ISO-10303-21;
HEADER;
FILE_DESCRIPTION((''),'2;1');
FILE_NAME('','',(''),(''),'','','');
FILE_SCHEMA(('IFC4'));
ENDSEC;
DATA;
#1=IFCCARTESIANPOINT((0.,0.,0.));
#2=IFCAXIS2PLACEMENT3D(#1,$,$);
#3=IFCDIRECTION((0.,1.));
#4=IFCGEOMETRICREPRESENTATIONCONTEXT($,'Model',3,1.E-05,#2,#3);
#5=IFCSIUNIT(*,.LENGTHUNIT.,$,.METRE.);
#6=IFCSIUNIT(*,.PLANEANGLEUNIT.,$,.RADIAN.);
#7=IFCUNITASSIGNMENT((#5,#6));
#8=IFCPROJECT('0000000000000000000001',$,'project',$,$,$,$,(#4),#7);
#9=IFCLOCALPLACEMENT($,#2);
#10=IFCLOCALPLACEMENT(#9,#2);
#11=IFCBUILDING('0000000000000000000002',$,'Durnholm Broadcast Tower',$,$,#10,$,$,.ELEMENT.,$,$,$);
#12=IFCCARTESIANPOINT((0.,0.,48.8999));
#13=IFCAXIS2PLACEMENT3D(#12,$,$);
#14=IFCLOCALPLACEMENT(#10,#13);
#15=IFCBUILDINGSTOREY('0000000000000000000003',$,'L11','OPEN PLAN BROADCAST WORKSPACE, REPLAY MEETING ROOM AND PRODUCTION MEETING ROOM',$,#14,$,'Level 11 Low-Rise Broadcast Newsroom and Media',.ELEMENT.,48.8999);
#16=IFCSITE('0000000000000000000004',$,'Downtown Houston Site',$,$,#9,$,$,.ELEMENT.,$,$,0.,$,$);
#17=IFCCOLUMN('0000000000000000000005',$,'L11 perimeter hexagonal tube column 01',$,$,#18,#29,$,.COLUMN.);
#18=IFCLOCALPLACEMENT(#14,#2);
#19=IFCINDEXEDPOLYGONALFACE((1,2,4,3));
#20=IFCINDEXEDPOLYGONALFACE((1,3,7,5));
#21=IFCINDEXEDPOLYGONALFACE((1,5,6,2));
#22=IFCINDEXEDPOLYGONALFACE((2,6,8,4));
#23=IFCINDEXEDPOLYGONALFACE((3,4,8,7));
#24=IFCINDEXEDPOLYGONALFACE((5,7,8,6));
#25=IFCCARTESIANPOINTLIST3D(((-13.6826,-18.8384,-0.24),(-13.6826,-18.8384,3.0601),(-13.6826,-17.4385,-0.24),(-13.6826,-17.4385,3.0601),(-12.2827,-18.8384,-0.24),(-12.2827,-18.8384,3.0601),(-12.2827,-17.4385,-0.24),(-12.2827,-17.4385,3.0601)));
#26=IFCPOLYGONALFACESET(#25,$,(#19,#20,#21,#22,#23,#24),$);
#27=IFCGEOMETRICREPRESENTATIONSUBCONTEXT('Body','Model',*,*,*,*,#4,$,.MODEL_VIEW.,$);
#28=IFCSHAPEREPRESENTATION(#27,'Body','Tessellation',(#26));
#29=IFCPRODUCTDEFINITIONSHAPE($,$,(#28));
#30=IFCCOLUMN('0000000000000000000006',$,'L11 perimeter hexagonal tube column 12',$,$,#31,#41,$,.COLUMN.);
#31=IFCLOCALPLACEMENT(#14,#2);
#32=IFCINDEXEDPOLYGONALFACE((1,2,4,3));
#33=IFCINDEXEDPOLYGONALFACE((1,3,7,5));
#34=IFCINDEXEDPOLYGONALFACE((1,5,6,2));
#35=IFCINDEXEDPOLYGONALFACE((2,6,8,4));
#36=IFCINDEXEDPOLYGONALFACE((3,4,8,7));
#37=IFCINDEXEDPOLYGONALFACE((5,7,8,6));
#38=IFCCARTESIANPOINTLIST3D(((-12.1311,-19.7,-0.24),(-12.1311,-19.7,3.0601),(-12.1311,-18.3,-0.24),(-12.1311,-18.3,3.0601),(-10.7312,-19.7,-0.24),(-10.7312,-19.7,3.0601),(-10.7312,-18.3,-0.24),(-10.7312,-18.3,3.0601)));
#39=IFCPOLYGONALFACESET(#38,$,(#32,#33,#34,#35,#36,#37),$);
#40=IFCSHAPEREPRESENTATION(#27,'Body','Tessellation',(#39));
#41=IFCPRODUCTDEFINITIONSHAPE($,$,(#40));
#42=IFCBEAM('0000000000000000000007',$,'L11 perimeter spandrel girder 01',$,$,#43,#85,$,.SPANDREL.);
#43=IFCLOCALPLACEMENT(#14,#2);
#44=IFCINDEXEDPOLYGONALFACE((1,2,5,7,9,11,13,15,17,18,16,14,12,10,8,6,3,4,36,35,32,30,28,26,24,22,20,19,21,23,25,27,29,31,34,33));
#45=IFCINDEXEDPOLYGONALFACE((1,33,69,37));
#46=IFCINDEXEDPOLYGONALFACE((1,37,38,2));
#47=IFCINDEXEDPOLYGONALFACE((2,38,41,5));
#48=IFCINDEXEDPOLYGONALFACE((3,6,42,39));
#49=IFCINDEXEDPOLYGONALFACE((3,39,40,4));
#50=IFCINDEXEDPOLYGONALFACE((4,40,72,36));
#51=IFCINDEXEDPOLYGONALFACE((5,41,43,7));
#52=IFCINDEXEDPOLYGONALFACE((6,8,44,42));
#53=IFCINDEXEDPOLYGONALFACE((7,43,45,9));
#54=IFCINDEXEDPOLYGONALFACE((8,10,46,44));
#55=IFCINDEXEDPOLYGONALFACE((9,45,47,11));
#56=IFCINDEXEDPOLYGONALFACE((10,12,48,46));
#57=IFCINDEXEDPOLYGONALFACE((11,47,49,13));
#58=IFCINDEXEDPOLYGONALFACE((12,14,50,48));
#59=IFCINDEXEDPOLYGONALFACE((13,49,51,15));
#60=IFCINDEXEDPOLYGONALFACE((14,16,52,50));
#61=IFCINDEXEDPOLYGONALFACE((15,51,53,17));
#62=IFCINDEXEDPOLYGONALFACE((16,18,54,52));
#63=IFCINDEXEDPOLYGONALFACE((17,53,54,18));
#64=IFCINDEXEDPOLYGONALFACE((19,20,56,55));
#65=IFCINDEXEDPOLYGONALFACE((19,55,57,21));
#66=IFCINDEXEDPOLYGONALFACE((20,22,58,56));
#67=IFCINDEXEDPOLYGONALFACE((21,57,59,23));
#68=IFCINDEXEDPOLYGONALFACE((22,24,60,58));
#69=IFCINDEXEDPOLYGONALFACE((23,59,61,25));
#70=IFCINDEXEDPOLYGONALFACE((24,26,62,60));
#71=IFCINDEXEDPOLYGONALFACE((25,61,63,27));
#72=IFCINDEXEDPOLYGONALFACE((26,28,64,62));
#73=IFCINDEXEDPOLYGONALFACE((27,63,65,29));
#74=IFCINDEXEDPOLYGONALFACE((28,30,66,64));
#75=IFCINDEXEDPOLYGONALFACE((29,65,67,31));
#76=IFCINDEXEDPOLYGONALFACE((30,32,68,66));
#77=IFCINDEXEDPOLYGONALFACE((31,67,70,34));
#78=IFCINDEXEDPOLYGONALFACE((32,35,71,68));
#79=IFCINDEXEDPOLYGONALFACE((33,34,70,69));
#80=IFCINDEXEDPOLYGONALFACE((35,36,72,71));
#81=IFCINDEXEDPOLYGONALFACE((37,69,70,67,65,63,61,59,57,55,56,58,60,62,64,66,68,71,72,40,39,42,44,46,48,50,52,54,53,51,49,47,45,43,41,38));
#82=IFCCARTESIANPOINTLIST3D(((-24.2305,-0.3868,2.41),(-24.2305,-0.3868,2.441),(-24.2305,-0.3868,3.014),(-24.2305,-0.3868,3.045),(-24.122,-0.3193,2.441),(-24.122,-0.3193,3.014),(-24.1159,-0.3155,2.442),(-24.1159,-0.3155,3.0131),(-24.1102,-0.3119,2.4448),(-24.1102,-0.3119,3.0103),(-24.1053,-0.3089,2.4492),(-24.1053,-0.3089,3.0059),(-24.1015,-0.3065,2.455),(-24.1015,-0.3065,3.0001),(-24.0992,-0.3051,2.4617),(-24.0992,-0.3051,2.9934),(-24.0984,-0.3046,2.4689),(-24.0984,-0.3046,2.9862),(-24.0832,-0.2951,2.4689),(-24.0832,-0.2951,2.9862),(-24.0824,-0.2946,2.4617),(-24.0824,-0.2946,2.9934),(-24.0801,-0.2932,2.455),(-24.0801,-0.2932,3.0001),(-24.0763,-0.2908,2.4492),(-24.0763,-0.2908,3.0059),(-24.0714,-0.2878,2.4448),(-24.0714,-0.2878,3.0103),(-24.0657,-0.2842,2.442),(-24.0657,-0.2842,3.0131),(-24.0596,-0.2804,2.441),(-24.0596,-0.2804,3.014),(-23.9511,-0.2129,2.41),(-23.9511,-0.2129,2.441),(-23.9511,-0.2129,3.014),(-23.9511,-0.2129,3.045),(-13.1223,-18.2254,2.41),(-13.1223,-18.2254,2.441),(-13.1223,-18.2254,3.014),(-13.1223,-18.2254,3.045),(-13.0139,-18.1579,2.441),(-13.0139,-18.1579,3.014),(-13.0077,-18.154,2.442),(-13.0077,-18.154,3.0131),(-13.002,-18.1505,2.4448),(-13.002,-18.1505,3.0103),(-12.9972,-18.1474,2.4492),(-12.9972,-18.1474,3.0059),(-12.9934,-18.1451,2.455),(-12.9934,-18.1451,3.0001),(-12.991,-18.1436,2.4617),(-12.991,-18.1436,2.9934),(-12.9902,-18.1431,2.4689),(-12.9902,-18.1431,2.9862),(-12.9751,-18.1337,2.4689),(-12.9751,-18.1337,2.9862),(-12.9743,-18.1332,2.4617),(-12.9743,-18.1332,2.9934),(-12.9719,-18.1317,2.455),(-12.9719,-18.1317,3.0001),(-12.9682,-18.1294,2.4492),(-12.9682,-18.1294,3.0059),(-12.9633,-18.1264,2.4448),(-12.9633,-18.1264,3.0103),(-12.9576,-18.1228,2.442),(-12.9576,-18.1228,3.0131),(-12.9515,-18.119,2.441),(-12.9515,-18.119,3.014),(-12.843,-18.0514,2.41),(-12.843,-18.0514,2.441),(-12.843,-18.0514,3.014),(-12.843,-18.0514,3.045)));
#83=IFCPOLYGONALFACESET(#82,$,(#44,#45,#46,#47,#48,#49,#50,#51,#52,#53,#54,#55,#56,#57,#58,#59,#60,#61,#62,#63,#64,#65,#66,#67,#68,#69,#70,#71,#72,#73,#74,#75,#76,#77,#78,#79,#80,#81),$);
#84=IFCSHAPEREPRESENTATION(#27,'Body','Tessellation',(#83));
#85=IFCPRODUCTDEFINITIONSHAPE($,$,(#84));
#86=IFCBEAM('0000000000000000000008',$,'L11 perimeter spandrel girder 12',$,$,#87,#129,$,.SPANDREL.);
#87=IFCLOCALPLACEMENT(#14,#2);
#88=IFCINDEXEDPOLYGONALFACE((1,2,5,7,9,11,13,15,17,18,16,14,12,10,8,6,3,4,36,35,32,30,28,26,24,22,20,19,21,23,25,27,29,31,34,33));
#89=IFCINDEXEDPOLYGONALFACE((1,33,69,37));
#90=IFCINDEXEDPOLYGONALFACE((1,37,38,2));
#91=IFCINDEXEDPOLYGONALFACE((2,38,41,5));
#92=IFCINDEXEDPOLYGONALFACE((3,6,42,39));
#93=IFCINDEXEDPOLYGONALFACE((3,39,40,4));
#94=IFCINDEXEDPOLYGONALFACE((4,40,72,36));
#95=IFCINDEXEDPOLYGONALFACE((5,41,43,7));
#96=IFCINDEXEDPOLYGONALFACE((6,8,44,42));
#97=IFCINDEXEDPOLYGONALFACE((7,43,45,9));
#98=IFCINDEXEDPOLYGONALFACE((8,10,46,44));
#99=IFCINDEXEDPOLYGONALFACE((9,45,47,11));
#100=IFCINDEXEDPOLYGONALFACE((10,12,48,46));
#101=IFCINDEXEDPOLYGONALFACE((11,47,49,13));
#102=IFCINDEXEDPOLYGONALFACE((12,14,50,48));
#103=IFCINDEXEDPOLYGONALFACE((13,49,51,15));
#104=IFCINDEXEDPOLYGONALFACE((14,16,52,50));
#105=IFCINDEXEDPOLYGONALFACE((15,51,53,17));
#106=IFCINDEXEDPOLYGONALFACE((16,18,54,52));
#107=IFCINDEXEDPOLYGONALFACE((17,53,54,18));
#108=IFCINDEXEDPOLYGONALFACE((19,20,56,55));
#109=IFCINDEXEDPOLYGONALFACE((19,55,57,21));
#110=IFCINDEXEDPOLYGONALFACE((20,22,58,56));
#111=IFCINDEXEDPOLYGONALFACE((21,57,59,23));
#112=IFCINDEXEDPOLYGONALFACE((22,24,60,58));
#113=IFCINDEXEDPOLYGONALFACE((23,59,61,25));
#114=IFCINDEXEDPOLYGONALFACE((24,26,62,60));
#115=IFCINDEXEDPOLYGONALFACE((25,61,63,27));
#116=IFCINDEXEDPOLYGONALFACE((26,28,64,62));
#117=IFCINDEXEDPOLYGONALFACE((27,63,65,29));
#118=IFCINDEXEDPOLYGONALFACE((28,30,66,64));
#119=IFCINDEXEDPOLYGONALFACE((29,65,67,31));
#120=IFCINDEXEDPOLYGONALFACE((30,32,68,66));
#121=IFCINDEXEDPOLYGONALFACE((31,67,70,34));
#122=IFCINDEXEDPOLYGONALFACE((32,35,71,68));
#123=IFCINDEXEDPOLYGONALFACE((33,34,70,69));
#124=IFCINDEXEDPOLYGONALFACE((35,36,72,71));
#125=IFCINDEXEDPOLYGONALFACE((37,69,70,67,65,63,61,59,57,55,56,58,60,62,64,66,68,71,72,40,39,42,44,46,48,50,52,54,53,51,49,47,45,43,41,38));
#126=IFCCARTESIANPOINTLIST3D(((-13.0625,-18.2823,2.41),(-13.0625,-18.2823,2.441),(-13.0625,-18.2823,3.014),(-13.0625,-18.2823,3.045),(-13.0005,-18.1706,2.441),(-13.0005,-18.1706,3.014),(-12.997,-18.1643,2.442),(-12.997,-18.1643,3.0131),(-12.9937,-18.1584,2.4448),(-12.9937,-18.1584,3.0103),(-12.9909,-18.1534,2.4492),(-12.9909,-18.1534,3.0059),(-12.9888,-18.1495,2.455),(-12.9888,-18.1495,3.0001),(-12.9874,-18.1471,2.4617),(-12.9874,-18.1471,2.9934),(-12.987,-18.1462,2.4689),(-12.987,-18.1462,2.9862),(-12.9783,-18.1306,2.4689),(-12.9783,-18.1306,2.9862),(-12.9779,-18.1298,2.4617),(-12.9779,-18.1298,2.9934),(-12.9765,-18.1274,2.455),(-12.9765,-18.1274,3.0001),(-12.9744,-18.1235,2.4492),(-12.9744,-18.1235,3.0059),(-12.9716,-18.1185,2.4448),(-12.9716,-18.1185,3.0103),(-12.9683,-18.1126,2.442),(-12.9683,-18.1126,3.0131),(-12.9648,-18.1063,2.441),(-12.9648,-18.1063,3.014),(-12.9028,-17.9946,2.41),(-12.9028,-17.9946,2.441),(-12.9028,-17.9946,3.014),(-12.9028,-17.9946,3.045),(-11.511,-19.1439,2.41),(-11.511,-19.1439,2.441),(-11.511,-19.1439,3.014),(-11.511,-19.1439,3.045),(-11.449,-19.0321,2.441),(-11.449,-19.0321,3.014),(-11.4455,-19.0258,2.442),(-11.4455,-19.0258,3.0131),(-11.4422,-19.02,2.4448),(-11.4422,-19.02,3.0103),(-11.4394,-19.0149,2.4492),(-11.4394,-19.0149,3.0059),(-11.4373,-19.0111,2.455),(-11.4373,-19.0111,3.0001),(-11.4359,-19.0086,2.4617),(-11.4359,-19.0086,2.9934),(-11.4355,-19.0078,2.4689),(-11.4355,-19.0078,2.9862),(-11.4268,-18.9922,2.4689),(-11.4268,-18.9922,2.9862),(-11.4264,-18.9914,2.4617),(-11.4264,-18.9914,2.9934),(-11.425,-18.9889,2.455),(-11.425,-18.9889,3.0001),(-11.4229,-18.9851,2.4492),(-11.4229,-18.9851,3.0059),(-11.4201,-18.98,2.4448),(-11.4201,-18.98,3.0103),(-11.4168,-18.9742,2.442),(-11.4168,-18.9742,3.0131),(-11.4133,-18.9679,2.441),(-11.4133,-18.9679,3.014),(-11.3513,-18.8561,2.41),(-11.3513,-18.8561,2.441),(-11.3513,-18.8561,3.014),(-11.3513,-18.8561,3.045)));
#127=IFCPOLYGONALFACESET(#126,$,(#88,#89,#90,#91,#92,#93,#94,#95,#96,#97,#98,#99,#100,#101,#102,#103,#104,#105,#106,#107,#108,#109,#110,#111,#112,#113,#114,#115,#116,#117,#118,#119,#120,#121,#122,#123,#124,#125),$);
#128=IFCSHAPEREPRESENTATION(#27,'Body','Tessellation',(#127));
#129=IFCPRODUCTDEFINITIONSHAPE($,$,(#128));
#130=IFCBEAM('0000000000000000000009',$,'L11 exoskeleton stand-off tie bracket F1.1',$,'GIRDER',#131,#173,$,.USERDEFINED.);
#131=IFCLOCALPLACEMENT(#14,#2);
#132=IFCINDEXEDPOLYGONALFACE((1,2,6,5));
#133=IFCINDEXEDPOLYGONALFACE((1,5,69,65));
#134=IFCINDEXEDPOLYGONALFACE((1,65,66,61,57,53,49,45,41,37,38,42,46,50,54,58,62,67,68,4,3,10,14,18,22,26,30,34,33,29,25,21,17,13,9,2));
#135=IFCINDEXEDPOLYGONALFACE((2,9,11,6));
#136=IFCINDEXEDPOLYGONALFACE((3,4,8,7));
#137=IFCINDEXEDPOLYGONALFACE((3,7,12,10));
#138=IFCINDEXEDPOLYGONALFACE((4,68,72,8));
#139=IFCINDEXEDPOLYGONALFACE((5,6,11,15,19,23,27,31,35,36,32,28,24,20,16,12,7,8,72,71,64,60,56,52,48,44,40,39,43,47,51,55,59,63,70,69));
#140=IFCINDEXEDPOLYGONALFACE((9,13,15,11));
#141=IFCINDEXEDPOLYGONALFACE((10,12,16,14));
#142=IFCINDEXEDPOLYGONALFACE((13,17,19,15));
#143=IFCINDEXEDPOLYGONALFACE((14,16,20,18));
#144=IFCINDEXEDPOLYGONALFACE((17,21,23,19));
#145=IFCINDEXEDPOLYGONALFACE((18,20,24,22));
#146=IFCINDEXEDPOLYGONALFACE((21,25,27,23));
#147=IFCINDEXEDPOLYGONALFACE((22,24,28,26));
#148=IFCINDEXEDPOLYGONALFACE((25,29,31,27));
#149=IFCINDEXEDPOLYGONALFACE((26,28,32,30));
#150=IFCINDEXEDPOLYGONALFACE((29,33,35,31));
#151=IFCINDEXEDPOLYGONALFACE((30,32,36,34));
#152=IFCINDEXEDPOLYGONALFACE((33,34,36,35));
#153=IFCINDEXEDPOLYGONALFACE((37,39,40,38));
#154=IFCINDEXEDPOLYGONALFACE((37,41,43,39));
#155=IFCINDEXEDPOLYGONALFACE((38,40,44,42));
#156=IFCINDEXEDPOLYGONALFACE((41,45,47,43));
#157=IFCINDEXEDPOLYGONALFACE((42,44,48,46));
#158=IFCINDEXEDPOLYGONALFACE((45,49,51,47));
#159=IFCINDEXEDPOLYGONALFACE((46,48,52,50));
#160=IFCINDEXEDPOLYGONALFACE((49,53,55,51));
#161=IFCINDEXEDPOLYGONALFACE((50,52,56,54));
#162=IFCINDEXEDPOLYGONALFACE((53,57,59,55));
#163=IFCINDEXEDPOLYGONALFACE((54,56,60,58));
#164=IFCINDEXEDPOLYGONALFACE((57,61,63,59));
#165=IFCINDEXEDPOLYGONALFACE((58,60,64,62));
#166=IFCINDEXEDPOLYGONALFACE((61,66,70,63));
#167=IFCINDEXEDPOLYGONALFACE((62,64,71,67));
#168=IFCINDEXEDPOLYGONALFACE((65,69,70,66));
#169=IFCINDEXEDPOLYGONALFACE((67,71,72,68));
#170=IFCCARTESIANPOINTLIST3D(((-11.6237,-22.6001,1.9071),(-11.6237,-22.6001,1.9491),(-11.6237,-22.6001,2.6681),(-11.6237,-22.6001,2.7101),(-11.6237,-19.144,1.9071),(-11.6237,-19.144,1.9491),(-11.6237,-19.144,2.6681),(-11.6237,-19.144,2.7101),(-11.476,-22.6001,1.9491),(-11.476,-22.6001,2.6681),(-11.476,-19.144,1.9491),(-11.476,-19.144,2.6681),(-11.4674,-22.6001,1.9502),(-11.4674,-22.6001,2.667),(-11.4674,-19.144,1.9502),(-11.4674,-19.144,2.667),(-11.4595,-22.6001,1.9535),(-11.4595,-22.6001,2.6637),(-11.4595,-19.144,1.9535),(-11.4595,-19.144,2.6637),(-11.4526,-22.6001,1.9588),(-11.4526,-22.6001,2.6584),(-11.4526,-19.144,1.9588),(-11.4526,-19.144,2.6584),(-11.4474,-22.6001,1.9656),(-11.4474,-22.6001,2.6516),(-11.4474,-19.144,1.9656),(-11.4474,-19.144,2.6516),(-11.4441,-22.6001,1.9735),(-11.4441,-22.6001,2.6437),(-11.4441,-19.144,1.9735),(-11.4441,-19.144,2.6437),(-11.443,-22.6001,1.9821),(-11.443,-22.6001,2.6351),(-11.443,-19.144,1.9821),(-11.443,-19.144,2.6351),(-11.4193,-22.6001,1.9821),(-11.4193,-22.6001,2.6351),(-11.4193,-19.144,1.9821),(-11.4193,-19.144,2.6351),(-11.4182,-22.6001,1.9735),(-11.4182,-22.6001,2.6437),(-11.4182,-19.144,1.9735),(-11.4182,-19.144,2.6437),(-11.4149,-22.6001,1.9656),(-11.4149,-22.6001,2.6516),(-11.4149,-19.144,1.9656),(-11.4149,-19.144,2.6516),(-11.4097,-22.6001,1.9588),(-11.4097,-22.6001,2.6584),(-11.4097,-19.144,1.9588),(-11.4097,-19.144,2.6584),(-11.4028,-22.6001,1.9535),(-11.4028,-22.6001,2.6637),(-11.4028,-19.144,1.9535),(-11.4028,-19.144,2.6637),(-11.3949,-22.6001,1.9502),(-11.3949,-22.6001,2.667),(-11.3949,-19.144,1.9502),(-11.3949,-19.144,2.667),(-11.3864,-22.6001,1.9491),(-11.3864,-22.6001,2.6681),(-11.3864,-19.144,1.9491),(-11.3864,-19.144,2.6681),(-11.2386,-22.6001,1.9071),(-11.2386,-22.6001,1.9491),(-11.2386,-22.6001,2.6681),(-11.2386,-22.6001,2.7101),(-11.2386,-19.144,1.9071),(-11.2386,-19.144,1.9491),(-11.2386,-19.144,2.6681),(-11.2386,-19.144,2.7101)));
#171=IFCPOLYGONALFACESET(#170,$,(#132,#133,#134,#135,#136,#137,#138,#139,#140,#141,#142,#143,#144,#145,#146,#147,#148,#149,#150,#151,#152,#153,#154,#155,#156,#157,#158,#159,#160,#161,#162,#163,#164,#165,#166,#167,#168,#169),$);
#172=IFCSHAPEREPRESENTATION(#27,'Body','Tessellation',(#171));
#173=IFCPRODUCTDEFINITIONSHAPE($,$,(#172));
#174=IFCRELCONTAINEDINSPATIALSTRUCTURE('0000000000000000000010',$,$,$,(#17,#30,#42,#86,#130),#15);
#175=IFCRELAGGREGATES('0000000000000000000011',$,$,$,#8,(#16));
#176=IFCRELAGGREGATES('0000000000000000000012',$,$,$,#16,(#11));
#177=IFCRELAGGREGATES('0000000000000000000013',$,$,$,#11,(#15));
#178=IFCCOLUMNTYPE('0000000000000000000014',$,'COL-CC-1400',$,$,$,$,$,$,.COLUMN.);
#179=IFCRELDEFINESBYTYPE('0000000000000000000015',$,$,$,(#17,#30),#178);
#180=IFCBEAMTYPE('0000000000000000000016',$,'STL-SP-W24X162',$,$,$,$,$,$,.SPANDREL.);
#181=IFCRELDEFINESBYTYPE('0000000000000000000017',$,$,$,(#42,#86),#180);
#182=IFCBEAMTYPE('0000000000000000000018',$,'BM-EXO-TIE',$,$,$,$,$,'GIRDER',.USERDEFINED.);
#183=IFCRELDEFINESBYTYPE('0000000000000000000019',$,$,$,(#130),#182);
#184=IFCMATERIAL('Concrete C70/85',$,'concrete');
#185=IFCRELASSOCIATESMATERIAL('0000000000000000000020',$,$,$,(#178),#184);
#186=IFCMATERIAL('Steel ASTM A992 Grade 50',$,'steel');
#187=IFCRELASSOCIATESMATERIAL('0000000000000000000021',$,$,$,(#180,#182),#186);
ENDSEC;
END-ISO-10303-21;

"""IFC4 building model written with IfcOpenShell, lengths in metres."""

from ifc_helpers import new_model, si_unit, direction, frame, origin, origin_2d, place, context, subcontext, project, spatial, rectangle, i_section, extrude, source, transform, mapped, material, material_profile, profile_set, type_object, type_shapes, element, save


model = new_model("IFC4")

# Units and contexts
model_context = context("Model", 3, precision=1e-05, world=origin(), true_north=direction((0.0, 1.0)))
body_context = subcontext(model_context, "Body", "Model", "MODEL_VIEW")
ifc_project = project(units=[si_unit("LENGTHUNIT", "METRE"), si_unit("PLANEANGLEUNIT", "RADIAN")], contexts=[model_context])

# Site, building, storey
site_placement = place(None, origin())
site = spatial("IfcSite", under=ifc_project, at=site_placement, Name="Downtown Houston Site", CompositionType="ELEMENT", RefElevation=0.0)
building_placement = place(site_placement, origin())
building = spatial("IfcBuilding", under=site, at=building_placement, Name="Durnholm Broadcast Tower", CompositionType="ELEMENT")
storey_placement = place(building_placement, frame((0.0, 0.0, 48.8999)))
storey = spatial("IfcBuildingStorey", under=building, at=storey_placement, Name="L11", Description="OPEN PLAN BROADCAST WORKSPACE, REPLAY MEETING ROOM AND PRODUCTION MEETING ROOM", LongName="Level 11 Low-Rise Broadcast Newsroom and Media", CompositionType="ELEMENT", Elevation=48.8999)

# Columns
ifc_material_1 = material(Name="Concrete C70/85", Category="concrete")
ifc_material_profile_1 = material_profile(ifc_material_1, rectangle(XDim=1.3999, YDim=1.3999, at=origin_2d()), Name="RC1400X1400")
ifc_profile_set_1 = profile_set([ifc_material_profile_1], Name="Concrete C70/85")
column_type = type_object("IfcColumnType", Name="COL-CC-1400", PredefinedType="COLUMN", material=ifc_profile_set_1)
shared_shape_1 = source(origin(), body_context, "Body", "SweptSolid", [
    extrude(rectangle(XDim=1.3999, YDim=1.3999, at=origin_2d()), origin(), (0.0, 0.0, 1.0), 3.3),
])
type_shapes(column_type, [shared_shape_1])
for number, where, z_axis, x_axis, name in (
    (1, (-12.9827, -18.1384, -0.24), (0.0, 0.0, 1.0), (1.0, 0.0, 0.0), "L11 perimeter hexagonal tube column 01"),
    (2, (-11.4312, -19.0, -0.24), (0.0, 0.0, 1.0), (1.0, 0.0, 0.0), "L11 perimeter hexagonal tube column 12"),
):
    element("IfcColumn", number, at=place(storey_placement, frame(where, z_axis=z_axis, x_axis=x_axis)), inside=storey, type_object=column_type, Name=name, PredefinedType="COLUMN", context=body_context, shape_type="MappedRepresentation", body=[
        mapped(shared_shape_1, transform((0.0, 0.0, 0.0), x_axis=(1.0, 0.0, 0.0), y_axis=(0.0, 1.0, 0.0), z_axis=(0.0, 0.0, 1.0), scale=1.0)),
    ])

# Beams
ifc_material_2 = material(Name="Steel ASTM A992 Grade 50", Category="steel")
ifc_material_profile_2 = material_profile(ifc_material_2, i_section(OverallWidth=0.3291, OverallDepth=0.635, WebThickness=0.0178, FlangeThickness=0.031, FilletRadius=0.0278, at=origin_2d()), Name="W24X162")
ifc_profile_set_2 = profile_set([ifc_material_profile_2], Name="Steel ASTM A992 Grade 50")
beam_type_1 = type_object("IfcBeamType", Name="STL-SP-W24X162", PredefinedType="SPANDREL", material=ifc_profile_set_2)
shared_shape_2 = source(origin(), body_context, "Body", "SweptSolid", [
    extrude(i_section(OverallWidth=0.3291, OverallDepth=0.635, WebThickness=0.0178, FlangeThickness=0.031, FilletRadius=0.0278, at=origin_2d()), origin(), (0.0, 0.0, 1.0), 21.0144),
])
beam_1_placement = place(storey_placement, frame((-12.9827, -18.1384, 2.7275), z_axis=(-0.528596, 0.848874, 0.0), x_axis=(-0.848874, -0.528596, 0.0)))
element("IfcBeam", 3, at=beam_1_placement, inside=storey, type_object=beam_type_1, Name="L11 perimeter spandrel girder 01", PredefinedType="SPANDREL", context=body_context, shape_type="MappedRepresentation", body=[
    mapped(shared_shape_2, transform((0.0, 0.0, 0.0), x_axis=(1.0, 0.0, 0.0), y_axis=(0.0, 1.0, 0.0), z_axis=(0.0, 0.0, 1.0), scale=1.0)),
])
shared_shape_3 = source(origin(), body_context, "Body", "SweptSolid", [
    extrude(i_section(OverallWidth=0.3291, OverallDepth=0.635, WebThickness=0.0178, FlangeThickness=0.031, FilletRadius=0.0278, at=origin_2d()), origin(), (0.0, 0.0, 1.0), 1.7747),
])
type_shapes(beam_type_1, [shared_shape_2, shared_shape_3])
beam_2_placement = place(storey_placement, frame((-11.4312, -19.0, 2.7275), z_axis=(-0.874248, 0.485479, 0.0), x_axis=(-0.485479, -0.874248, 0.0)))
element("IfcBeam", 4, at=beam_2_placement, inside=storey, type_object=beam_type_1, Name="L11 perimeter spandrel girder 12", PredefinedType="SPANDREL", context=body_context, shape_type="MappedRepresentation", body=[
    mapped(shared_shape_3, transform((0.0, 0.0, 0.0), x_axis=(1.0, 0.0, 0.0), y_axis=(0.0, 1.0, 0.0), z_axis=(0.0, 0.0, 1.0), scale=1.0)),
])
ifc_material_profile_3 = material_profile(ifc_material_2, i_section(OverallWidth=0.385, OverallDepth=0.803, WebThickness=0.0237, FlangeThickness=0.042, FilletRadius=0.033, at=origin_2d()), Name="W30X261")
ifc_profile_set_3 = profile_set([ifc_material_profile_3], Name="Steel ASTM A992 Grade 50")
beam_type_2 = type_object("IfcBeamType", Name="BM-EXO-TIE", ElementType="GIRDER", PredefinedType="USERDEFINED", material=ifc_profile_set_3)
shared_shape_4 = source(origin(), body_context, "Body", "SweptSolid", [
    extrude(i_section(OverallWidth=0.385, OverallDepth=0.803, WebThickness=0.0237, FlangeThickness=0.042, FilletRadius=0.033, at=origin_2d()), origin(), (0.0, 0.0, 1.0), 3.4561),
])
for number, where, z_axis, x_axis, name in (
    (5, (-11.4312, -19.144, 2.3086), (0.0, -1.0, 0.0), (1.0, 0.0, 0.0), "L11 exoskeleton stand-off tie bracket F1.1"),
):
    element("IfcBeam", number, at=place(storey_placement, frame(where, z_axis=z_axis, x_axis=x_axis)), inside=storey, type_object=beam_type_2, Name=name, ObjectType="GIRDER", PredefinedType="USERDEFINED", context=body_context, shape_type="MappedRepresentation", body=[
        mapped(shared_shape_4, transform((0.0, 0.0, 0.0), x_axis=(1.0, 0.0, 0.0), y_axis=(0.0, 1.0, 0.0), z_axis=(0.0, 0.0, 1.0), scale=1.0)),
    ])

save(model, "model.ifc")
